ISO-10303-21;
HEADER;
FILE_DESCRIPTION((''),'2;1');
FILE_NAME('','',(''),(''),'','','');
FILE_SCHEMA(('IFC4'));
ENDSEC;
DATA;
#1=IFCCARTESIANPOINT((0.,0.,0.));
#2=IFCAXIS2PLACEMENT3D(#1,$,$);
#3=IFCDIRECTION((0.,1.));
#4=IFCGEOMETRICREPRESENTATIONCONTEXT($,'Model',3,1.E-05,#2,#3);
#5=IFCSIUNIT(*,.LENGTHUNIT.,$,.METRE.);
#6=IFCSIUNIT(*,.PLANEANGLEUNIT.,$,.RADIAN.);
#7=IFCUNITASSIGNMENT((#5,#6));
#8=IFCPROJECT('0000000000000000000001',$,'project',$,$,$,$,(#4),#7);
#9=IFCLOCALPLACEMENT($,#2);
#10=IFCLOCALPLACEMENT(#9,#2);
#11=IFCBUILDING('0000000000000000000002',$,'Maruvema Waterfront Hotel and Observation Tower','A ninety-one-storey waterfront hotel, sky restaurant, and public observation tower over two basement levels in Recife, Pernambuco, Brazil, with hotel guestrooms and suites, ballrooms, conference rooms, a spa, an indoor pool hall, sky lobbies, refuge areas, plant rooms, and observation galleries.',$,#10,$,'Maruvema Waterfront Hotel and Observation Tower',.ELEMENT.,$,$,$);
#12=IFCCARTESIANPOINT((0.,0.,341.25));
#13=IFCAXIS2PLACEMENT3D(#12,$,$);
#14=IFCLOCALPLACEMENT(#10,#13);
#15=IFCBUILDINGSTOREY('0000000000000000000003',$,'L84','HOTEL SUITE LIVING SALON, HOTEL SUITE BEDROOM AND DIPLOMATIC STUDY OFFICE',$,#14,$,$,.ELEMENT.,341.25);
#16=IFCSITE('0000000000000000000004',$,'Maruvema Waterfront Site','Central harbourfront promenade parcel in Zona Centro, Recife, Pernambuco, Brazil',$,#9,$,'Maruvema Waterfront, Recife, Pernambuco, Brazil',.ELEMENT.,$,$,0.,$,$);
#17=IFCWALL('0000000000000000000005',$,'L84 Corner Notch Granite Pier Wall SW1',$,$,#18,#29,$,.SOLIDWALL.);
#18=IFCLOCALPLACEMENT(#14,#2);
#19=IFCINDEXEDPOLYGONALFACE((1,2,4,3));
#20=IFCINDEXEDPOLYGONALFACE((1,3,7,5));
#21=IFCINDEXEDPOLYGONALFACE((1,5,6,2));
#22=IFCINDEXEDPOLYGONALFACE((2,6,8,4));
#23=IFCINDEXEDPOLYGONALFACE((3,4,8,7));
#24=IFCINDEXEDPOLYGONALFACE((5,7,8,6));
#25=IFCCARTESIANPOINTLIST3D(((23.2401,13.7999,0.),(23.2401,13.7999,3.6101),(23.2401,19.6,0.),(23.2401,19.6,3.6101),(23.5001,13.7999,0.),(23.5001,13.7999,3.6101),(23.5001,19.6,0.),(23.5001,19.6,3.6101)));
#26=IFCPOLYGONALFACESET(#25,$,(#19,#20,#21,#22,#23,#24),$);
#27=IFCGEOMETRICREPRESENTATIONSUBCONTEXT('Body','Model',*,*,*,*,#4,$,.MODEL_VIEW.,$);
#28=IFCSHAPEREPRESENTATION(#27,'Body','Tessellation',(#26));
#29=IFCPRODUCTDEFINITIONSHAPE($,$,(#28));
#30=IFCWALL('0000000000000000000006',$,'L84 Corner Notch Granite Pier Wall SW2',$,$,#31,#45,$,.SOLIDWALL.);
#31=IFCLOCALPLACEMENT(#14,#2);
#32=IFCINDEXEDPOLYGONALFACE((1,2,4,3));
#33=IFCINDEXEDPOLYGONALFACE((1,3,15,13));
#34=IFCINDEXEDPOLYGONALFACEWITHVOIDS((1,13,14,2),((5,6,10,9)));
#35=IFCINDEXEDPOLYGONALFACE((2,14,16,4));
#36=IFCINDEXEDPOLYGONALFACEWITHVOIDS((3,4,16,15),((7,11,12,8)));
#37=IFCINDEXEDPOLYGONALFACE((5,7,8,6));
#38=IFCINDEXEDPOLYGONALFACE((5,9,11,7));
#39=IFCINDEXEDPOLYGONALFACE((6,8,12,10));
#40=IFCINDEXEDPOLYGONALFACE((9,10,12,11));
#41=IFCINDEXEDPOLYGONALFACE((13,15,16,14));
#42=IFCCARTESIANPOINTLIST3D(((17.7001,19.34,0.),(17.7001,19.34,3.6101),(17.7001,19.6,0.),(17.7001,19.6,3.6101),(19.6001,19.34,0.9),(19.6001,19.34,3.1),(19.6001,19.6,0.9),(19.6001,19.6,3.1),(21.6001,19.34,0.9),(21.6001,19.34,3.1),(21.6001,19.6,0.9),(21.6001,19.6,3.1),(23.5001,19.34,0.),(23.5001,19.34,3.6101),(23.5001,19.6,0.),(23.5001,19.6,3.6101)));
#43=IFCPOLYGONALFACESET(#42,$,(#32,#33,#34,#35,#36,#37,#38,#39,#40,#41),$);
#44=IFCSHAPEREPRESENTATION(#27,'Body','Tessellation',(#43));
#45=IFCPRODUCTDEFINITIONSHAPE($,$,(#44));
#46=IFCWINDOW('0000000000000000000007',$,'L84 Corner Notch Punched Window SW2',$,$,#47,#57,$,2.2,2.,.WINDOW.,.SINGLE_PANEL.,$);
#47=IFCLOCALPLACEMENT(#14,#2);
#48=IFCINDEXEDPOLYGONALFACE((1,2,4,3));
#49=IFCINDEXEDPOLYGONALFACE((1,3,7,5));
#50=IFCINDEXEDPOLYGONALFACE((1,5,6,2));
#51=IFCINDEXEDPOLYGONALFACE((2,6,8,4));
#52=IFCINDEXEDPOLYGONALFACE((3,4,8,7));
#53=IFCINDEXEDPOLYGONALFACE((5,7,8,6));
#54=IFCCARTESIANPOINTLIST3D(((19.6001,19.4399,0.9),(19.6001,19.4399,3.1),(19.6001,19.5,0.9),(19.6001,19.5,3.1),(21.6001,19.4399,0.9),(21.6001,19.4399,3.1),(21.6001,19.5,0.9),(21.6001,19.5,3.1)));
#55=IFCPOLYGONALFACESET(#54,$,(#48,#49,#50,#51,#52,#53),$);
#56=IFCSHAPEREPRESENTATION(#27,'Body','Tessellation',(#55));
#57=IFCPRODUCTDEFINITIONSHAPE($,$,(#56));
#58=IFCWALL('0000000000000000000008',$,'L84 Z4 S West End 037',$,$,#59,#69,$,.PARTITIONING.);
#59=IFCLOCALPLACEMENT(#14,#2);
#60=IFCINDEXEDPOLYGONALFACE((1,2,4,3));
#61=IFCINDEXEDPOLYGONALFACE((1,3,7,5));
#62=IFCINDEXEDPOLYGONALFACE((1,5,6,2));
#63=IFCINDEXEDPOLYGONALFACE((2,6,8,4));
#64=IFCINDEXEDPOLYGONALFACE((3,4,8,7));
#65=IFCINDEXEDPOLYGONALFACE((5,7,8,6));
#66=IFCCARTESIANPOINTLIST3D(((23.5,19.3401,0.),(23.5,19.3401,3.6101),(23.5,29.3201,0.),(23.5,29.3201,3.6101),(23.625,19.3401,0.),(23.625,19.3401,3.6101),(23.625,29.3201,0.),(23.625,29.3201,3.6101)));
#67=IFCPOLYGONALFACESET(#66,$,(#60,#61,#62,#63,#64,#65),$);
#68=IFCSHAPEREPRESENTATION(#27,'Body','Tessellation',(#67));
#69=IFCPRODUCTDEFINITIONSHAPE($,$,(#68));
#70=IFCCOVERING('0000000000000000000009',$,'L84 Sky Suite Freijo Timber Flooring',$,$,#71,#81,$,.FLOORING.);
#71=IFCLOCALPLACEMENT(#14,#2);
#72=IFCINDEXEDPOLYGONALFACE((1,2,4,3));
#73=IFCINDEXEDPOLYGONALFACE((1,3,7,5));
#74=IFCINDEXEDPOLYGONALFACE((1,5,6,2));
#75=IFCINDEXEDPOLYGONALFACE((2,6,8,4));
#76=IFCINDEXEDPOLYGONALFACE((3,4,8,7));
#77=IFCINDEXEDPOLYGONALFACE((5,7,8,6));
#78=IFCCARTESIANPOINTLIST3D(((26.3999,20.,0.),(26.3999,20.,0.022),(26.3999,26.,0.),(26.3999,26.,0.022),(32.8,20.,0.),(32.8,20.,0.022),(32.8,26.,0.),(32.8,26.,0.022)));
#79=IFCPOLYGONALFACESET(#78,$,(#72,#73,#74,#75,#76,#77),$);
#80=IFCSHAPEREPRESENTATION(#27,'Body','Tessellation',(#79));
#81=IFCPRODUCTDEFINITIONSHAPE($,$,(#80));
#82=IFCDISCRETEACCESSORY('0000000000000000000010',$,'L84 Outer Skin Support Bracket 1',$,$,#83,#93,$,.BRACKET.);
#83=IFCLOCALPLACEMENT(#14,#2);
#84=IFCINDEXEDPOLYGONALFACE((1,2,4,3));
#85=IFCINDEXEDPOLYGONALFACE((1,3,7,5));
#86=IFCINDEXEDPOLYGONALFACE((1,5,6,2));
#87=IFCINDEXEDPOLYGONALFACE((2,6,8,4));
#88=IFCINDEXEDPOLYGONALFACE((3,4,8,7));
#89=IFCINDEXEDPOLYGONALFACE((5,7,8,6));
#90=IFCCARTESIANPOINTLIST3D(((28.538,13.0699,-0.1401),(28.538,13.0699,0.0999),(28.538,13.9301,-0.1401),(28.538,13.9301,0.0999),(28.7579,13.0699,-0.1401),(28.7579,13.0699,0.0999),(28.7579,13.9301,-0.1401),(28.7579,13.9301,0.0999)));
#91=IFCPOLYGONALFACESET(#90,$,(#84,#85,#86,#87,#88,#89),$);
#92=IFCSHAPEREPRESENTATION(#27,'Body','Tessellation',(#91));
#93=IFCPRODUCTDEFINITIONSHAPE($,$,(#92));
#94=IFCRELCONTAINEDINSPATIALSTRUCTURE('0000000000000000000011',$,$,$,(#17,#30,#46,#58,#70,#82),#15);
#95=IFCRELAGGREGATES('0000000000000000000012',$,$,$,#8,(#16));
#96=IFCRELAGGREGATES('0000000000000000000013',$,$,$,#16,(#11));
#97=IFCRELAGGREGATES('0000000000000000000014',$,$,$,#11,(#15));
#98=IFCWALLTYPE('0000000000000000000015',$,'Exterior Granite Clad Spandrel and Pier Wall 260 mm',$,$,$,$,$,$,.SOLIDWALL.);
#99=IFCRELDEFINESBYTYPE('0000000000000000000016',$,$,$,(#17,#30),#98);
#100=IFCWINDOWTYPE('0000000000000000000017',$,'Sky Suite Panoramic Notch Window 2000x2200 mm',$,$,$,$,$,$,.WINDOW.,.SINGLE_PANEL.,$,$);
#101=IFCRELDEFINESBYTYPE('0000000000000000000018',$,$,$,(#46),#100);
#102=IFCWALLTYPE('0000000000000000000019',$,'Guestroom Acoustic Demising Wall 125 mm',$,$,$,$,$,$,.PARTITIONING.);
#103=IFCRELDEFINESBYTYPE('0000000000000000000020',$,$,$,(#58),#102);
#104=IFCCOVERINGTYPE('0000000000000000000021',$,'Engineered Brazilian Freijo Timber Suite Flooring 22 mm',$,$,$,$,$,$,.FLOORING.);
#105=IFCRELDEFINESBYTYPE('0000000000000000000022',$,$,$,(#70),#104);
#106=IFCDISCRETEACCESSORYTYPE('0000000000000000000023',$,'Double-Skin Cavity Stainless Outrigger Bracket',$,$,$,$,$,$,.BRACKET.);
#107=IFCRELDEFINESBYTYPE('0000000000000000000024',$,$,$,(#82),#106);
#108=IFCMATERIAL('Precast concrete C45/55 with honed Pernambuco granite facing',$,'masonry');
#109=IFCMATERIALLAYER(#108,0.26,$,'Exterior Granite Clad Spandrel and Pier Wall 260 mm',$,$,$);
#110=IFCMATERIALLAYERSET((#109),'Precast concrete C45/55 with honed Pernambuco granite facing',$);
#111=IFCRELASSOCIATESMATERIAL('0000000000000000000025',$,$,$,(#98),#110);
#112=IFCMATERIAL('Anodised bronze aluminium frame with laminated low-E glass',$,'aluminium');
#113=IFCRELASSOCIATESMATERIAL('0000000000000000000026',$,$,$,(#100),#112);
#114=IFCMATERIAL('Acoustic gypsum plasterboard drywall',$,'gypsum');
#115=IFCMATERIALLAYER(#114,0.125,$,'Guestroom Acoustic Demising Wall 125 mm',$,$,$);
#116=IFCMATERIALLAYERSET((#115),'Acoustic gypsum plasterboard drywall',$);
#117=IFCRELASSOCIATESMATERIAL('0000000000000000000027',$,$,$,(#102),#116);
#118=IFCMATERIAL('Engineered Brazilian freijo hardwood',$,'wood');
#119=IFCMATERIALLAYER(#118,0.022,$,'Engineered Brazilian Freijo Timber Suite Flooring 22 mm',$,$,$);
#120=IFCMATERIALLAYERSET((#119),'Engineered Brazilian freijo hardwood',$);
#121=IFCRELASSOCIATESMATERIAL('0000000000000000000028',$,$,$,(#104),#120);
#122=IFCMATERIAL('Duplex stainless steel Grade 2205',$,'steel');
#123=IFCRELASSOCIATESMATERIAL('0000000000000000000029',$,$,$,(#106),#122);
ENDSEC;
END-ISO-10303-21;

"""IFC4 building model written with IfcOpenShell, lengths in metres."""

from ifc_helpers import new_model, si_unit, direction, frame, frame_2d, origin, origin_2d, place, context, subcontext, project, spatial, polyline, rectangle, outline, extrude, material, layer, layer_set, type_object, element, fill, save


model = new_model("IFC4")

# Units and contexts
model_context = context("Model", 3, precision=1e-05, world=origin(), true_north=direction((0.0, 1.0)))
body_context = subcontext(model_context, "Body", "Model", "MODEL_VIEW")
ifc_project = project(units=[si_unit("LENGTHUNIT", "METRE"), si_unit("PLANEANGLEUNIT", "RADIAN")], contexts=[model_context])

# Site, building, storey
site_placement = place(None, origin())
site = spatial("IfcSite", under=ifc_project, at=site_placement, Name="Maruvema Waterfront Site", Description="Central harbourfront promenade parcel in Zona Centro, Recife, Pernambuco, Brazil", LongName="Maruvema Waterfront, Recife, Pernambuco, Brazil", CompositionType="ELEMENT", RefElevation=0.0)
building_placement = place(site_placement, origin())
building = spatial("IfcBuilding", under=site, at=building_placement, Name="Maruvema Waterfront Hotel and Observation Tower", Description="A ninety-one-storey waterfront hotel, sky restaurant, and public observation tower over two basement levels in Recife, Pernambuco, Brazil, with hotel guestrooms and suites, ballrooms, conference rooms, a spa, an indoor pool hall, sky lobbies, refuge areas, plant rooms, and observation galleries.", LongName="Maruvema Waterfront Hotel and Observation Tower", CompositionType="ELEMENT")
storey_placement = place(building_placement, frame((0.0, 0.0, 341.25)))
storey = spatial("IfcBuildingStorey", under=building, at=storey_placement, Name="L84", Description="HOTEL SUITE LIVING SALON, HOTEL SUITE BEDROOM AND DIPLOMATIC STUDY OFFICE", CompositionType="ELEMENT", Elevation=341.25)

# Wall
ifc_material_1 = material(Name="Precast concrete C45/55 with honed Pernambuco granite facing", Category="masonry")
ifc_layer_1 = layer(ifc_material_1, 0.26, Name="Exterior Granite Clad Spandrel and Pier Wall 260 mm")
ifc_layer_set_1 = layer_set([ifc_layer_1], Name="Precast concrete C45/55 with honed Pernambuco granite facing")
wall_type_1 = type_object("IfcWallType", Name="Exterior Granite Clad Spandrel and Pier Wall 260 mm", PredefinedType="SOLIDWALL", material=ifc_layer_set_1)
wall_1_placement = place(storey_placement, frame((23.3701, 13.8, 0.0), z_axis=(0.0, 0.0, 1.0), x_axis=(0.0, 1.0, 0.0)))
element("IfcWall", 1, at=wall_1_placement, inside=storey, type_object=wall_type_1, Name="L84 Corner Notch Granite Pier Wall SW1", PredefinedType="SOLIDWALL", context=body_context, shape_type="SweptSolid", body=[
    extrude(rectangle(XDim=5.8, YDim=0.26, at=frame_2d((2.8999, 0.0))), origin(), (0.0, 0.0, 1.0), 3.6101),
])

# Wall, opening, window
wall_2_placement = place(storey_placement, frame((23.5, 19.47, 0.0), z_axis=(0.0, 0.0, 1.0), x_axis=(-1.0, 0.0, 0.0)))
wall_2 = element("IfcWall", 2, at=wall_2_placement, inside=storey, type_object=wall_type_1, Name="L84 Corner Notch Granite Pier Wall SW2", PredefinedType="SOLIDWALL", context=body_context, shape_type="SweptSolid", body=[
    extrude(rectangle(XDim=5.8, YDim=0.26, at=frame_2d((2.8999, 0.0))), origin(), (0.0, 0.0, 1.0), 3.6101),
])
opening_1_placement = place(wall_2_placement, frame((1.8999, 0.0, 0.8999)))
opening_1 = element("IfcOpeningElement", 3, at=opening_1_placement, cuts=wall_2, PredefinedType="OPENING", context=body_context, shape_type="SweptSolid", body=[
    extrude(rectangle(XDim=2.0, YDim=2.2, at=frame_2d((1.0, 1.1001))), frame((0.0, 0.1401, 0.0), z_axis=(0.0, -1.0, 0.0), x_axis=(1.0, 0.0, 0.0)), (0.0, 0.0, 1.0), 0.28),
])
ifc_material_2 = material(Name="Anodised bronze aluminium frame with laminated low-E glass", Category="aluminium")
window_type = type_object("IfcWindowType", Name="Sky Suite Panoramic Notch Window 2000x2200 mm", PartitioningType="SINGLE_PANEL", PredefinedType="WINDOW", material=ifc_material_2)
window_placement = place(opening_1_placement, origin())
window = element("IfcWindow", 4, at=window_placement, inside=storey, type_object=window_type, Name="L84 Corner Notch Punched Window SW2", OverallHeight=2.2, OverallWidth=2.0, PartitioningType="SINGLE_PANEL", PredefinedType="WINDOW", context=body_context, shape_type="SweptSolid", body=[
    extrude(rectangle(XDim=2.0, YDim=2.2, at=frame_2d((1.0, 1.1001))), frame((0.0, 0.03, 0.0), z_axis=(0.0, -1.0, 0.0), x_axis=(1.0, 0.0, 0.0)), (0.0, 0.0, 1.0), 0.0601),
])
fill(opening_1, window)

# Wall
ifc_material_3 = material(Name="Acoustic gypsum plasterboard drywall", Category="gypsum")
ifc_layer_2 = layer(ifc_material_3, 0.125, Name="Guestroom Acoustic Demising Wall 125 mm")
ifc_layer_set_2 = layer_set([ifc_layer_2], Name="Acoustic gypsum plasterboard drywall")
wall_type_2 = type_object("IfcWallType", Name="Guestroom Acoustic Demising Wall 125 mm", PredefinedType="PARTITIONING", material=ifc_layer_set_2)
wall_3_placement = place(storey_placement, frame((23.5625, 19.3401, 0.0), z_axis=(0.0, 0.0, 1.0), x_axis=(0.0, 1.0, 0.0)))
element("IfcWall", 5, at=wall_3_placement, inside=storey, type_object=wall_type_2, Name="L84 Z4 S West End 037", PredefinedType="PARTITIONING", context=body_context, shape_type="SweptSolid", body=[
    extrude(rectangle(XDim=9.98, YDim=0.125, at=frame_2d((4.99, 0.0))), origin(), (0.0, 0.0, 1.0), 3.6101),
])

# Covering
ifc_material_4 = material(Name="Engineered Brazilian freijo hardwood", Category="wood")
ifc_layer_3 = layer(ifc_material_4, 0.022, Name="Engineered Brazilian Freijo Timber Suite Flooring 22 mm")
ifc_layer_set_3 = layer_set([ifc_layer_3], Name="Engineered Brazilian freijo hardwood")
covering_type = type_object("IfcCoveringType", Name="Engineered Brazilian Freijo Timber Suite Flooring 22 mm", PredefinedType="FLOORING", material=ifc_layer_set_3)
covering_placement = place(storey_placement, origin())
element("IfcCovering", 6, at=covering_placement, inside=storey, type_object=covering_type, Name="L84 Sky Suite Freijo Timber Flooring", PredefinedType="FLOORING", context=body_context, shape_type="SweptSolid", body=[
    extrude(outline(polyline([(26.3999, 20.0), (32.8, 20.0), (32.8, 26.0), (26.3999, 26.0), (26.3999, 20.0)])), origin(), (0.0, 0.0, 1.0), 0.022),
])

# Discrete accessory
ifc_material_5 = material(Name="Duplex stainless steel Grade 2205", Category="steel")
discrete_accessory_type = type_object("IfcDiscreteAccessoryType", Name="Double-Skin Cavity Stainless Outrigger Bracket", PredefinedType="BRACKET", material=ifc_material_5)
discrete_accessory_placement = place(storey_placement, frame((28.6479, 13.5, -0.1401), z_axis=(0.0, 0.0, 1.0), x_axis=(1.0, 0.0, 0.0)))
element("IfcDiscreteAccessory", 7, at=discrete_accessory_placement, inside=storey, type_object=discrete_accessory_type, Name="L84 Outer Skin Support Bracket 1", PredefinedType="BRACKET", context=body_context, shape_type="SweptSolid", body=[
    extrude(rectangle(XDim=0.22, YDim=0.8601, at=origin_2d()), origin(), (0.0, 0.0, 1.0), 0.24),
])

save(model, "model.ifc")
